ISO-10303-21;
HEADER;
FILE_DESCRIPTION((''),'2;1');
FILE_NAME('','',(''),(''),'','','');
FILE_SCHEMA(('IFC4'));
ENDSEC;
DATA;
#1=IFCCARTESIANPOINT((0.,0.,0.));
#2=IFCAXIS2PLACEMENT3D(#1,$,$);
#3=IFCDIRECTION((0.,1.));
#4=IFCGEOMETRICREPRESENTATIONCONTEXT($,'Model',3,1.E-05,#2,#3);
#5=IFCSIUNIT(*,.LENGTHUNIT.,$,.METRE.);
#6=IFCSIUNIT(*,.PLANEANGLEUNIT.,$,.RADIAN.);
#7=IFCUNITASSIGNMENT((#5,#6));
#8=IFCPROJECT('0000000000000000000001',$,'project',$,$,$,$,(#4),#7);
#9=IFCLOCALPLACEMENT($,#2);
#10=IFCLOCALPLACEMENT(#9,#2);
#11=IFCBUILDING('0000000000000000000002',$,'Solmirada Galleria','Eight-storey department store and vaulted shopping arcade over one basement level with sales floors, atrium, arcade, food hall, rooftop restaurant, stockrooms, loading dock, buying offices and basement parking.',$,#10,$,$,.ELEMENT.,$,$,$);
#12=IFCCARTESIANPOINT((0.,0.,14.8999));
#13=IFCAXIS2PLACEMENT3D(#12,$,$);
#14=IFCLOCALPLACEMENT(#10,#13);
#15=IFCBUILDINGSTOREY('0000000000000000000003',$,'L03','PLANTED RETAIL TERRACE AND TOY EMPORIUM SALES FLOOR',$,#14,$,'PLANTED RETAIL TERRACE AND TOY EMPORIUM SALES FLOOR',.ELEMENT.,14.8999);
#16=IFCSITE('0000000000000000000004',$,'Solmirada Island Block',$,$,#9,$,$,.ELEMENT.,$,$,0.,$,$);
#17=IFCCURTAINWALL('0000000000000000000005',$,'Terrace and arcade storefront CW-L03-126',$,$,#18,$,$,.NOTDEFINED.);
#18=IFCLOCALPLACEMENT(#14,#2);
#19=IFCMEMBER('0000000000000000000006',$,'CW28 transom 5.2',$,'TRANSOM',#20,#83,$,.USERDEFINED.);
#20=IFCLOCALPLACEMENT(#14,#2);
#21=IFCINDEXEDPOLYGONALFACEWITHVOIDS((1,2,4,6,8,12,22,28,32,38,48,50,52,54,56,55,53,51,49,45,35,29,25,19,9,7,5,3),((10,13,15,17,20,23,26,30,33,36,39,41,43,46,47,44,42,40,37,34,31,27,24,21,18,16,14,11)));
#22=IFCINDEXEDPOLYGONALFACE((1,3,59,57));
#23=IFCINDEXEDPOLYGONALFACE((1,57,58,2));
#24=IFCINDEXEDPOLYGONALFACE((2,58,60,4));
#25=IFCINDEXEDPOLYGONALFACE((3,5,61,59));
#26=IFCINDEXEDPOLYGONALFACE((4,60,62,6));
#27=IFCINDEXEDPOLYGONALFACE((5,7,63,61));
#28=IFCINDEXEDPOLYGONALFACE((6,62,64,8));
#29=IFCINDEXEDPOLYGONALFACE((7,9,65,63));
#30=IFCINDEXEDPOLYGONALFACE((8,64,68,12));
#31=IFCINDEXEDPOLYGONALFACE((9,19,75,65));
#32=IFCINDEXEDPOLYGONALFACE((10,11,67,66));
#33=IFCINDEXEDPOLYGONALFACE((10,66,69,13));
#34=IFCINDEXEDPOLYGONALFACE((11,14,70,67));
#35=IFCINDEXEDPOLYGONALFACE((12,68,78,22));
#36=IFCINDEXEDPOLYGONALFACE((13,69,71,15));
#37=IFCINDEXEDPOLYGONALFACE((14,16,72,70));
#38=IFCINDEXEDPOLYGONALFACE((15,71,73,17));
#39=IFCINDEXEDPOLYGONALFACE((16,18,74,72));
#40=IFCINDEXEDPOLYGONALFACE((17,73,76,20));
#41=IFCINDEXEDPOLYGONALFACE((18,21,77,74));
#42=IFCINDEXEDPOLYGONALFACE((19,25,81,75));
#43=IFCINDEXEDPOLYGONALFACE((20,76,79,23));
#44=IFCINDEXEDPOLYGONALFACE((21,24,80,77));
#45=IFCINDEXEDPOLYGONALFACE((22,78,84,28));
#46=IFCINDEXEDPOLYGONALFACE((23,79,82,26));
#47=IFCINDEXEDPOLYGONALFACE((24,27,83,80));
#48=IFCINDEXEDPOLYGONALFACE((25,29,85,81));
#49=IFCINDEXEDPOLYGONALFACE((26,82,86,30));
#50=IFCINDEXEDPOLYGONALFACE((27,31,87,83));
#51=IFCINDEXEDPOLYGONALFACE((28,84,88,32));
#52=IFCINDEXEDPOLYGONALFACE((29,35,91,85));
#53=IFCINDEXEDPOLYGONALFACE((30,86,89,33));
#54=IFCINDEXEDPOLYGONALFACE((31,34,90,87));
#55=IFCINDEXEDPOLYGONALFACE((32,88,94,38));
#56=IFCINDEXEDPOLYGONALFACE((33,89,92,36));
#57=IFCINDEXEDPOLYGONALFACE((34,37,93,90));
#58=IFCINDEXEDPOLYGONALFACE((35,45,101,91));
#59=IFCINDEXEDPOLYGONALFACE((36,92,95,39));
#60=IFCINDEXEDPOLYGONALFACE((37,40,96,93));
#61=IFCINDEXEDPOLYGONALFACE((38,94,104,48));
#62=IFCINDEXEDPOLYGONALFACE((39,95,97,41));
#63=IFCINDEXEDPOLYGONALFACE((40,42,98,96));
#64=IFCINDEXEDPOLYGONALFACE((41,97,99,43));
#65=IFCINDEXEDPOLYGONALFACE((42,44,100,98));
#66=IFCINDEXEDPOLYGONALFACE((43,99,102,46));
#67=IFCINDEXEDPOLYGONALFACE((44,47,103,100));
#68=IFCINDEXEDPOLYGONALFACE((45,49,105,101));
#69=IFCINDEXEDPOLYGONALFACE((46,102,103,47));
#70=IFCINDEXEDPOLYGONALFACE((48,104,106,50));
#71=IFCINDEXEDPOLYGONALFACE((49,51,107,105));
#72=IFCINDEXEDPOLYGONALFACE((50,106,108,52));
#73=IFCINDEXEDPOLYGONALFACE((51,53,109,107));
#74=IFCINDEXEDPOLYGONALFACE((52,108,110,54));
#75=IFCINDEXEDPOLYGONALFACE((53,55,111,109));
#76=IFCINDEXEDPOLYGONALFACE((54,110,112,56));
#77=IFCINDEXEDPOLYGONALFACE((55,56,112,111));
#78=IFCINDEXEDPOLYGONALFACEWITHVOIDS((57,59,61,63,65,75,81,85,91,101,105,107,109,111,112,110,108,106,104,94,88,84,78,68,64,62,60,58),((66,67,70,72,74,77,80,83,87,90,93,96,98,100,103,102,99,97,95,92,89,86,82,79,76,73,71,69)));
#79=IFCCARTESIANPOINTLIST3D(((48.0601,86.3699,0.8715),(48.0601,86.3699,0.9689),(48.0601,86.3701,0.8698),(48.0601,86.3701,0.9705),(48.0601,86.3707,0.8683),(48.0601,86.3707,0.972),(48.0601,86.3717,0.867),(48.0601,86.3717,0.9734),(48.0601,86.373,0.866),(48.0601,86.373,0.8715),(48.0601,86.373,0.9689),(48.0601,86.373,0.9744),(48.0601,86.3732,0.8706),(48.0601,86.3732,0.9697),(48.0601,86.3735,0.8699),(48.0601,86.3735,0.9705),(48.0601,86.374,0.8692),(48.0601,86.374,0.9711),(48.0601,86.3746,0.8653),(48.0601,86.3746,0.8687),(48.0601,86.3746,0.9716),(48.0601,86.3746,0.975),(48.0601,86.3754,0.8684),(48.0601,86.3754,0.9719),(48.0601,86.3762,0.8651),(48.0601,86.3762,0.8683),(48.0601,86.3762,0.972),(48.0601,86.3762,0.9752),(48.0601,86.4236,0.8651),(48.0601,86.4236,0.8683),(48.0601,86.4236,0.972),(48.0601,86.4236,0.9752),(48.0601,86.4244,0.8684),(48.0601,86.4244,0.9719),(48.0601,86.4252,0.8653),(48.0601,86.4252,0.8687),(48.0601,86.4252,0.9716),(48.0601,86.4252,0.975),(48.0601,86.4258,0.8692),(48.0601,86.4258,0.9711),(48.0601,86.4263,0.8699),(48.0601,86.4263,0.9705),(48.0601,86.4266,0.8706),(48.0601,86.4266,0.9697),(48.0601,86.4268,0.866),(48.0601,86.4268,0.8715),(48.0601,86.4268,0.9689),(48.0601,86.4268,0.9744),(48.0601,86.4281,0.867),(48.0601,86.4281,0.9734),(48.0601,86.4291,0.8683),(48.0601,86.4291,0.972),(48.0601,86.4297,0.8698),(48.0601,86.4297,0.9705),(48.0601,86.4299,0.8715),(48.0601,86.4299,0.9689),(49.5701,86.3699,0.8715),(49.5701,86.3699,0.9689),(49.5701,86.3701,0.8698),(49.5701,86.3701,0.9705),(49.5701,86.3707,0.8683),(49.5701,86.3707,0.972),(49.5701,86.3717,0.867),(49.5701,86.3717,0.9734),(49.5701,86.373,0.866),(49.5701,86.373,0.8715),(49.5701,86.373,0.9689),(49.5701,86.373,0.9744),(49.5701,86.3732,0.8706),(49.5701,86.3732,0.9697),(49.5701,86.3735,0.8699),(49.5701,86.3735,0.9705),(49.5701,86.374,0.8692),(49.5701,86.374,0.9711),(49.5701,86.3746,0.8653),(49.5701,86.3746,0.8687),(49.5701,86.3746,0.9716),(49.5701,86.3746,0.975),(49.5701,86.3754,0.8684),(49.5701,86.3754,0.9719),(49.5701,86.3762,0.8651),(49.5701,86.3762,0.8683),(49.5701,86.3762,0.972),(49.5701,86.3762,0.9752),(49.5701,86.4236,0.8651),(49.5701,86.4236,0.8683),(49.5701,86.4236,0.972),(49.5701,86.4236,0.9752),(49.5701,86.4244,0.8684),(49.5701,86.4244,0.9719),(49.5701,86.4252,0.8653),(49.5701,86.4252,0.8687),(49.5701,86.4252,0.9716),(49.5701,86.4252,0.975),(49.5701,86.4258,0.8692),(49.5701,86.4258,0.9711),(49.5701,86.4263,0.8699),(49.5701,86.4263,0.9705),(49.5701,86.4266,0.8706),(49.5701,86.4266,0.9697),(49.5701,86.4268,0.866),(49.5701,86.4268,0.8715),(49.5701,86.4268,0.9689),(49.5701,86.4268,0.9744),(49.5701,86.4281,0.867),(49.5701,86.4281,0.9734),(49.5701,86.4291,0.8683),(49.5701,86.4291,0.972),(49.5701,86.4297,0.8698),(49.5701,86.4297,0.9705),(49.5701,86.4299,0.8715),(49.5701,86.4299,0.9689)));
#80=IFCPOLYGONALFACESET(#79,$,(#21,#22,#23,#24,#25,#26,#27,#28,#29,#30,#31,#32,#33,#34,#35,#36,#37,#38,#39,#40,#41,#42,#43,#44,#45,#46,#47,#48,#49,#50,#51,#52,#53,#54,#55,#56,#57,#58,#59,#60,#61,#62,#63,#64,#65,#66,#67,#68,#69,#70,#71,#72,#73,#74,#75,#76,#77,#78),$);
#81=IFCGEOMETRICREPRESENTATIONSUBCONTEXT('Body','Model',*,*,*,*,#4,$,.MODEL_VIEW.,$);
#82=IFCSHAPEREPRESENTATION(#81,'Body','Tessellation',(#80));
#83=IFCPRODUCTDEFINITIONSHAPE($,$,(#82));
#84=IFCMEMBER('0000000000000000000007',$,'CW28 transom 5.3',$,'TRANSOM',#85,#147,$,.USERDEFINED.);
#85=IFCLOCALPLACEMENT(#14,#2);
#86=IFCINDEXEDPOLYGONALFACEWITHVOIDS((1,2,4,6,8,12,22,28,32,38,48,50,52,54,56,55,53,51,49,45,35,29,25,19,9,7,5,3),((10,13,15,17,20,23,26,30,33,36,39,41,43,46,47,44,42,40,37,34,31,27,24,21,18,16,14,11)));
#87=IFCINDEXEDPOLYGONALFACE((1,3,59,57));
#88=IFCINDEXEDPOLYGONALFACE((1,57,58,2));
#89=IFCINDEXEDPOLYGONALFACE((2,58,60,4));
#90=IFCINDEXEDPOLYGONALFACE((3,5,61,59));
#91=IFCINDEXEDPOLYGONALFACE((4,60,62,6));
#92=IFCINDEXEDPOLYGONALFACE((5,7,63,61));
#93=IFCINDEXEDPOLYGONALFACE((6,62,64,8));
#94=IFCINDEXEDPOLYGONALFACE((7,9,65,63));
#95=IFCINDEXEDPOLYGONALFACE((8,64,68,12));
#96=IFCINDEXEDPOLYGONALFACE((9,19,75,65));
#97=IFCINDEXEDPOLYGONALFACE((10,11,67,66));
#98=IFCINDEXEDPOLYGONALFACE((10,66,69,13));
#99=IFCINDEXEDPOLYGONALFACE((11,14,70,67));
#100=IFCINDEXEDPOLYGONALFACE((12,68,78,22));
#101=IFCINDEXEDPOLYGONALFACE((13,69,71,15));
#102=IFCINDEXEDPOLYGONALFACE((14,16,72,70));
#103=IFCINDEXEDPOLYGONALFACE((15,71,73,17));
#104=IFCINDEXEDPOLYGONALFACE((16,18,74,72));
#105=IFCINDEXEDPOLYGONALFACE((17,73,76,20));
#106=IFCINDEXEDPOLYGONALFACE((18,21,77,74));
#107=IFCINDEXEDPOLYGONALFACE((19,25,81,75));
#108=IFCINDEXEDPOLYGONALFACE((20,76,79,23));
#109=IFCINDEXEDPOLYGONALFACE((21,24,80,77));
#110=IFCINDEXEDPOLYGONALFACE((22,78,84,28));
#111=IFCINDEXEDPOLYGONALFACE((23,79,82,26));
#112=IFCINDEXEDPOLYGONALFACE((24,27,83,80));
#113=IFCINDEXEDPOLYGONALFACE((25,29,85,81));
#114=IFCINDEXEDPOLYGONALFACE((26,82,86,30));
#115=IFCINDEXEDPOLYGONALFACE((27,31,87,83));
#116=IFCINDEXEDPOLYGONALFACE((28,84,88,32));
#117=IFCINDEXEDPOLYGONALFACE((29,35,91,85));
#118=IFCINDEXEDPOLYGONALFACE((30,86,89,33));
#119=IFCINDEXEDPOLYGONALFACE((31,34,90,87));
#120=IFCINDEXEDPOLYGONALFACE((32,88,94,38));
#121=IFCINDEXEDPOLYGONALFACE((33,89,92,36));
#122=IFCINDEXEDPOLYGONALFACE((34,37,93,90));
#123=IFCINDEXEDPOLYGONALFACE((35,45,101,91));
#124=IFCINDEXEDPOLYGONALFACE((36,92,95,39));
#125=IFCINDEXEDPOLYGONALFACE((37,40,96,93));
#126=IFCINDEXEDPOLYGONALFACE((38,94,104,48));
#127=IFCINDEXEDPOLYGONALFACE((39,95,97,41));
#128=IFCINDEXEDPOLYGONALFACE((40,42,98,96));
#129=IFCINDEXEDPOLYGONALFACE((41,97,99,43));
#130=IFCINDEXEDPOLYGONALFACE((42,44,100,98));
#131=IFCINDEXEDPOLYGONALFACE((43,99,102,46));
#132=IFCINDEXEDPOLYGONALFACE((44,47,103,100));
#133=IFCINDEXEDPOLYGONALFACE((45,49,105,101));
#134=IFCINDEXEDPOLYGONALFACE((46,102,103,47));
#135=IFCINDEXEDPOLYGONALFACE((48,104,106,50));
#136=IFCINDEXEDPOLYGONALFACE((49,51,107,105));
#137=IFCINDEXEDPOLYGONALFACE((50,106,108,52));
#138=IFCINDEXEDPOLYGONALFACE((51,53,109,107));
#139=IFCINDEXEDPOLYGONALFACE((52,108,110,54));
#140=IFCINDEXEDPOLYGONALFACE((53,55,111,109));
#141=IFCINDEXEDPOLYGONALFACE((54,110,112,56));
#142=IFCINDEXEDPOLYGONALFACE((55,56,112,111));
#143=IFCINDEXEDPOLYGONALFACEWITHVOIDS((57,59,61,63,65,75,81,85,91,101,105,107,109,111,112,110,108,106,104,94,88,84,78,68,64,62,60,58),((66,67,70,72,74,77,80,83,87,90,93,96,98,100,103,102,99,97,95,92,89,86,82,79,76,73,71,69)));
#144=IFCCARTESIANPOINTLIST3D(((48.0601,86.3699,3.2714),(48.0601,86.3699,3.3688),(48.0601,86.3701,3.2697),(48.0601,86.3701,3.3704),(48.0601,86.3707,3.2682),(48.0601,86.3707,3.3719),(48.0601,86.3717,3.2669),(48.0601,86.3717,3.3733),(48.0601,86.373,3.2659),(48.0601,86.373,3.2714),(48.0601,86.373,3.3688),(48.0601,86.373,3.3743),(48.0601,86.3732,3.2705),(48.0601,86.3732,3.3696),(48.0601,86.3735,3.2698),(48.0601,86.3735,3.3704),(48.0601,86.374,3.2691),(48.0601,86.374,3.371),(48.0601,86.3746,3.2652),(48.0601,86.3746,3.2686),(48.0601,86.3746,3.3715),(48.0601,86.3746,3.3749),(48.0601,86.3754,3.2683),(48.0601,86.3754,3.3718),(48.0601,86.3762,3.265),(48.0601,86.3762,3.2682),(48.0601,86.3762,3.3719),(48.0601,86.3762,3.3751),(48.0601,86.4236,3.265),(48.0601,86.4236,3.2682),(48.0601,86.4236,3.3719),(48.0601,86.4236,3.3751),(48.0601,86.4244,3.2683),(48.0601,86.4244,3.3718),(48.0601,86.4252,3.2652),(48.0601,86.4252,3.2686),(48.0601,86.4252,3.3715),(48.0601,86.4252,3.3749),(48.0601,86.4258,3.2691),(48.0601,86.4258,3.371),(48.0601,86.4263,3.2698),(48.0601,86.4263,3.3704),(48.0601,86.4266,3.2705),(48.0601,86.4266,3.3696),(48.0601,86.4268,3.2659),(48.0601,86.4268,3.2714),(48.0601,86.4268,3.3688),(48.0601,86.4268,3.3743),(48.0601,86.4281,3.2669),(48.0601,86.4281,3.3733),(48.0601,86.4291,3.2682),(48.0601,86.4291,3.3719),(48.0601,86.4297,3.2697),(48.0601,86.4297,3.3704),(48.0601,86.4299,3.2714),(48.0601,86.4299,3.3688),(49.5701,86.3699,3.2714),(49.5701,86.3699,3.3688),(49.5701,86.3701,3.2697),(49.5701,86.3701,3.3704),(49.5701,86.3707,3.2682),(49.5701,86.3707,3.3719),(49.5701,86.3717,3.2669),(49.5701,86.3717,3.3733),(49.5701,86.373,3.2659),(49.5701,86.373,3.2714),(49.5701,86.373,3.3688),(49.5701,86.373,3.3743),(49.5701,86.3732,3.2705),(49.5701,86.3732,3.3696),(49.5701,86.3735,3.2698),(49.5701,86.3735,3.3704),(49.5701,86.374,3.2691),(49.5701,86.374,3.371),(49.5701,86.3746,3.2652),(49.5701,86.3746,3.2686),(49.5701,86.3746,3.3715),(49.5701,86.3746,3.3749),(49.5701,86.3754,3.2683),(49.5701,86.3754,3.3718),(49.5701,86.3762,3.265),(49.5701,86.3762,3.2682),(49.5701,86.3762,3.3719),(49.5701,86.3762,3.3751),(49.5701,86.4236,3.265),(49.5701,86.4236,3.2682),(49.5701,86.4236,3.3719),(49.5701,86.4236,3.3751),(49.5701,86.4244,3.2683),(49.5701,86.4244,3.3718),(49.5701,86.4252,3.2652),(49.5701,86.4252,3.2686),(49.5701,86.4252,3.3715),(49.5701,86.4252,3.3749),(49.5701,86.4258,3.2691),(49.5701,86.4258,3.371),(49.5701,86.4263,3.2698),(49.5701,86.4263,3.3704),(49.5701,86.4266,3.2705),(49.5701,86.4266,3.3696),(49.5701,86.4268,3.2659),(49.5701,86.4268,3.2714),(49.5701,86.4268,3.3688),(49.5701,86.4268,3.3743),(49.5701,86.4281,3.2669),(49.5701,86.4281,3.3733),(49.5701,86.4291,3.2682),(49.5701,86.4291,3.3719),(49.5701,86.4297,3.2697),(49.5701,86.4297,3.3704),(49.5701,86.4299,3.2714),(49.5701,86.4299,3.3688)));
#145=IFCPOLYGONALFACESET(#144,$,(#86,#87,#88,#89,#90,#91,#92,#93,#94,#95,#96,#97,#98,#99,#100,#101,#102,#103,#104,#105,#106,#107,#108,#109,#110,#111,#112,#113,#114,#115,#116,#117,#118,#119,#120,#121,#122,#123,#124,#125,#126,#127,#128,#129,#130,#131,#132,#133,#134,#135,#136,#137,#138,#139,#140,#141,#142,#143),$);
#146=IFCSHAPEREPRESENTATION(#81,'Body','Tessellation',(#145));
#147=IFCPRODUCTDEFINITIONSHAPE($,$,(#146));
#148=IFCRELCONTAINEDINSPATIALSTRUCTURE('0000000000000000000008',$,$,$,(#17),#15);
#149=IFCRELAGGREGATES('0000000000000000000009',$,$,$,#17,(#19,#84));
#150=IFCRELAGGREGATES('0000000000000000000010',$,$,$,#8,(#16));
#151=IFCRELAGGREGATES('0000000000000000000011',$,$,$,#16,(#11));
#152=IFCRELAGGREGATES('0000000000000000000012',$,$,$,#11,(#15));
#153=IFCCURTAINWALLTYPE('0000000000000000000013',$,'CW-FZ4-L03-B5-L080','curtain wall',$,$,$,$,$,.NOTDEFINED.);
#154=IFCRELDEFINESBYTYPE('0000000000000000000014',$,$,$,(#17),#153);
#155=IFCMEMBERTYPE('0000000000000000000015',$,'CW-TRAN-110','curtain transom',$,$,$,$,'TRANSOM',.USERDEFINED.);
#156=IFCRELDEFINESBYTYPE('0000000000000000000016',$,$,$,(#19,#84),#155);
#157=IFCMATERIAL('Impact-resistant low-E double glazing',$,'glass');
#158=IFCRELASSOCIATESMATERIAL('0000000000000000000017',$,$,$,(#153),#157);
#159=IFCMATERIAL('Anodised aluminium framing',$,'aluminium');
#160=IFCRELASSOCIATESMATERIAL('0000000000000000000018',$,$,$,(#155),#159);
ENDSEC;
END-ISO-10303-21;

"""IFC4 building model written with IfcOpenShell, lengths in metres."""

from ifc_helpers import new_model, si_unit, direction, frame, origin, origin_2d, place, context, subcontext, project, spatial, hollow_rectangle, extrude, material, material_profile, profile_set, type_object, element, aggregate, save


model = new_model("IFC4")

# Units and contexts
model_context = context("Model", 3, precision=1e-05, world=origin(), true_north=direction((0.0, 1.0)))
body_context = subcontext(model_context, "Body", "Model", "MODEL_VIEW")
ifc_project = project(units=[si_unit("LENGTHUNIT", "METRE"), si_unit("PLANEANGLEUNIT", "RADIAN")], contexts=[model_context])

# Site, building, storey
site_placement = place(None, origin())
site = spatial("IfcSite", under=ifc_project, at=site_placement, Name="Solmirada Island Block", CompositionType="ELEMENT", RefElevation=0.0)
building_placement = place(site_placement, origin())
building = spatial("IfcBuilding", under=site, at=building_placement, Name="Solmirada Galleria", Description="Eight-storey department store and vaulted shopping arcade over one basement level with sales floors, atrium, arcade, food hall, rooftop restaurant, stockrooms, loading dock, buying offices and basement parking.", CompositionType="ELEMENT")
storey_placement = place(building_placement, frame((0.0, 0.0, 14.8999)))
storey = spatial("IfcBuildingStorey", under=building, at=storey_placement, Name="L03", Description="PLANTED RETAIL TERRACE AND TOY EMPORIUM SALES FLOOR", LongName="PLANTED RETAIL TERRACE AND TOY EMPORIUM SALES FLOOR", CompositionType="ELEMENT", Elevation=14.8999)

# Curtain wall
ifc_material_1 = material(Name="Impact-resistant low-E double glazing", Category="glass")
curtain_wall_type = type_object("IfcCurtainWallType", Name="CW-FZ4-L03-B5-L080", Description="curtain wall", PredefinedType="NOTDEFINED", material=ifc_material_1)
curtain_wall_1_placement = place(storey_placement, origin())
curtain_wall_1 = element("IfcCurtainWall", 1, at=curtain_wall_1_placement, inside=storey, type_object=curtain_wall_type, Name="Terrace and arcade storefront CW-L03-126", PredefinedType="NOTDEFINED")
ifc_material_2 = material(Name="Anodised aluminium framing", Category="aluminium")

# Members
ifc_material_profile_1 = material_profile(ifc_material_2, hollow_rectangle(XDim=0.0601, YDim=0.1101, WallThickness=0.0032, InnerFilletRadius=0.0032, OuterFilletRadius=0.0063, at=origin_2d()), Name="ALU-TRAN-110X60")
ifc_profile_set_1 = profile_set([ifc_material_profile_1], Name="Anodised aluminium framing")
member_type_1 = type_object("IfcMemberType", Name="CW-TRAN-110", Description="curtain transom", ElementType="TRANSOM", PredefinedType="USERDEFINED", material=ifc_profile_set_1)
member_1_placement = place(storey_placement, frame((49.5701, 86.3999, 0.9202), z_axis=(-1.0, 0.0, 0.0), x_axis=(0.0, -1.0, 0.0)))
member_1 = element("IfcMember", 2, at=member_1_placement, type_object=member_type_1, Name="CW28 transom 5.2", ObjectType="TRANSOM", PredefinedType="USERDEFINED", context=body_context, shape_type="SweptSolid", body=[
    extrude(hollow_rectangle(XDim=0.0601, YDim=0.1101, WallThickness=0.0032, InnerFilletRadius=0.0032, OuterFilletRadius=0.0063, at=origin_2d()), origin(), (0.0, 0.0, 1.0), 1.51),
])
member_2_placement = place(storey_placement, frame((49.5701, 86.3999, 3.3201), z_axis=(-1.0, 0.0, 0.0), x_axis=(0.0, -1.0, 0.0)))
member_2 = element("IfcMember", 3, at=member_2_placement, type_object=member_type_1, Name="CW28 transom 5.3", ObjectType="TRANSOM", PredefinedType="USERDEFINED", context=body_context, shape_type="SweptSolid", body=[
    extrude(hollow_rectangle(XDim=0.0601, YDim=0.1101, WallThickness=0.0032, InnerFilletRadius=0.0032, OuterFilletRadius=0.0063, at=origin_2d()), origin(), (0.0, 0.0, 1.0), 1.51),
])

aggregate(curtain_wall_1, [member_1, member_2])

save(model, "model.ifc")
